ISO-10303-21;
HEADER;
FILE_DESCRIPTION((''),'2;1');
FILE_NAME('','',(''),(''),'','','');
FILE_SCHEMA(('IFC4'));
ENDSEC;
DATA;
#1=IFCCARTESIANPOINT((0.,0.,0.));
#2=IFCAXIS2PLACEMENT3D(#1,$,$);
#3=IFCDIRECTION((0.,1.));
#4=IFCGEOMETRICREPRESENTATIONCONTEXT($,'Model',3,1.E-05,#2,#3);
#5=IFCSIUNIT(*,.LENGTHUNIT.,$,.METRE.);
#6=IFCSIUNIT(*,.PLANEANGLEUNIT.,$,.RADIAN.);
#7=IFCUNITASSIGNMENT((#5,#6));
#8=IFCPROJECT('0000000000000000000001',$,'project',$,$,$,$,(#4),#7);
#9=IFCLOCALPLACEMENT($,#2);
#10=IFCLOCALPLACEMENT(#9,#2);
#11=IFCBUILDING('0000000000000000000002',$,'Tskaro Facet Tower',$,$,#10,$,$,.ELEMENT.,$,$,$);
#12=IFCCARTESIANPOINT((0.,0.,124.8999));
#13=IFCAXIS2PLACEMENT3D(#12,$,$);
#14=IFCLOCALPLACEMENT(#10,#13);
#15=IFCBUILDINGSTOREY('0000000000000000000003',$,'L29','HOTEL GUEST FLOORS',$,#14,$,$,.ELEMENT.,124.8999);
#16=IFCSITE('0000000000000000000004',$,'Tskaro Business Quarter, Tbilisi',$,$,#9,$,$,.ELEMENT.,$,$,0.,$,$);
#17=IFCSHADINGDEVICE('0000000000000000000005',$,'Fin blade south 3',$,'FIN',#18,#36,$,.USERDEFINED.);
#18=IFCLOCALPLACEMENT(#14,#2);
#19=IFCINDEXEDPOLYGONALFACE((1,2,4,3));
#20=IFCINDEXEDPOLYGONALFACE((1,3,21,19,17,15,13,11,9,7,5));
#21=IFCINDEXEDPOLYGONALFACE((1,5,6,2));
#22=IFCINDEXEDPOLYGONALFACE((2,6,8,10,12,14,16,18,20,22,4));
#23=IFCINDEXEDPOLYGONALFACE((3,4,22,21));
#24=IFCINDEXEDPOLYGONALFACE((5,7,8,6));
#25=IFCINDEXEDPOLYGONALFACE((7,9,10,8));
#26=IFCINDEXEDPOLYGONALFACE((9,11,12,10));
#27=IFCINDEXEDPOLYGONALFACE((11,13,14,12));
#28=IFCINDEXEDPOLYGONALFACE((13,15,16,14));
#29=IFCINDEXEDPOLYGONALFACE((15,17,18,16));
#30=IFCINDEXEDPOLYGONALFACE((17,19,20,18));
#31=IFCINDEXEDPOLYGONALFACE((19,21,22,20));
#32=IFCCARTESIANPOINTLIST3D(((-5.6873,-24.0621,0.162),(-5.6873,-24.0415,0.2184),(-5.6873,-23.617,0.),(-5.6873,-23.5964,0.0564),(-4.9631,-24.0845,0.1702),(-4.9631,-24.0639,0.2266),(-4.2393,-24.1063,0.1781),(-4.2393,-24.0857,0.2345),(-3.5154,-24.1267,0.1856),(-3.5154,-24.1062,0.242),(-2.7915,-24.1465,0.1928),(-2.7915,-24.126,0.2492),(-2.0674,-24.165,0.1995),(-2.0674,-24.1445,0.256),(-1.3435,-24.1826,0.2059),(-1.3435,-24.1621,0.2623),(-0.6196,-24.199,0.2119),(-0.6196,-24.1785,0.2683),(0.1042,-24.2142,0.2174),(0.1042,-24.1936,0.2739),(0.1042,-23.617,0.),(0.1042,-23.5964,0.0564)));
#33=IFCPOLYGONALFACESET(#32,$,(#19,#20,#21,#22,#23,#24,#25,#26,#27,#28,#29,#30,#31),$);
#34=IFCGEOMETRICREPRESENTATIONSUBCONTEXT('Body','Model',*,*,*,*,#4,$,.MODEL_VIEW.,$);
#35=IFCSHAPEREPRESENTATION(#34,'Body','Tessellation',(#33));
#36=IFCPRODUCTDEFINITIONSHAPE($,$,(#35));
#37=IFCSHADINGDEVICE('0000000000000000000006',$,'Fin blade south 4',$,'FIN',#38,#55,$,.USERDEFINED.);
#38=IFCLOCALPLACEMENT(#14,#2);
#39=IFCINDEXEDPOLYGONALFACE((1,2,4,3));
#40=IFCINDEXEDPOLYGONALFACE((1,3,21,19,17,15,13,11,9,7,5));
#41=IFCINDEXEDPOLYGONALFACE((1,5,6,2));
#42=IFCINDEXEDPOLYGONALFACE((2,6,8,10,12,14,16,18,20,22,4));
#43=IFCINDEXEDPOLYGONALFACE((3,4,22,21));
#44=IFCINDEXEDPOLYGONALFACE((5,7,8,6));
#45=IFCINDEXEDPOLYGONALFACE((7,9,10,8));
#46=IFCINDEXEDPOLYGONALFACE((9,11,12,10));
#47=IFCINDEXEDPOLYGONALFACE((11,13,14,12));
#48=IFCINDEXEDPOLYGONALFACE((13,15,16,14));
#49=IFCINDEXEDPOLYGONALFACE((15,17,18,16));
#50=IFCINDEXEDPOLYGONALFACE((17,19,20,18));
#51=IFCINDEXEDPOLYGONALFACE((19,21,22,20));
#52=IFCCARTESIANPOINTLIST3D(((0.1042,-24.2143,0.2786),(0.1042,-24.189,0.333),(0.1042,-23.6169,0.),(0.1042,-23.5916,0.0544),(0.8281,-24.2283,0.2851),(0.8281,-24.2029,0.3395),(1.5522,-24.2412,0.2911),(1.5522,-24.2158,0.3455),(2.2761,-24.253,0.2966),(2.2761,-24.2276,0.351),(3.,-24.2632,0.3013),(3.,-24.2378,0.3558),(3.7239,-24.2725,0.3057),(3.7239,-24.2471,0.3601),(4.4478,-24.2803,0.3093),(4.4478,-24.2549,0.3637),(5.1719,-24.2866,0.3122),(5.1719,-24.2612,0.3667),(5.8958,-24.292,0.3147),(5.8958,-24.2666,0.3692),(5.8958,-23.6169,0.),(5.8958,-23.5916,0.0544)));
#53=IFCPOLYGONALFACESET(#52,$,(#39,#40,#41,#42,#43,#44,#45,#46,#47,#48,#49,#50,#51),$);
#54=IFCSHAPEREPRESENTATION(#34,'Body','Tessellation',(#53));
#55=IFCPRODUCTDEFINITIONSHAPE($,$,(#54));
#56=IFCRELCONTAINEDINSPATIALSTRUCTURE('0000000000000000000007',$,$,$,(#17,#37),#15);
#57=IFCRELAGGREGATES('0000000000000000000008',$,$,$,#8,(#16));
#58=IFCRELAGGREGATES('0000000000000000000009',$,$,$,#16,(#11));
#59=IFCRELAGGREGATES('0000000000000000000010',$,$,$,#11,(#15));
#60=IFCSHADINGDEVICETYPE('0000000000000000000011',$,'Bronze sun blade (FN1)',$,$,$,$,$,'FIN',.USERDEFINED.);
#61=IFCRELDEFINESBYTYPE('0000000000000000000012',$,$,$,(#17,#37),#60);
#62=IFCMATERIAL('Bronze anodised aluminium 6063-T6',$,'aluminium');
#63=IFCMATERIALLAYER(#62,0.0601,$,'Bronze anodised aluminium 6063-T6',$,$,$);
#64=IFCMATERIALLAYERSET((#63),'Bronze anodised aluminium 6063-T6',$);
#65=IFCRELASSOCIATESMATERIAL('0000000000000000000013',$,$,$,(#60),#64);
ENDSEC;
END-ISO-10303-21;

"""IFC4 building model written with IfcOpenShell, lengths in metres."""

from ifc_helpers import new_model, si_unit, direction, frame, origin, place, context, subcontext, project, spatial, polyline, outline, extrude, material, layer, layer_set, type_object, element, save


model = new_model("IFC4")

# Units and contexts
model_context = context("Model", 3, precision=1e-05, world=origin(), true_north=direction((0.0, 1.0)))
body_context = subcontext(model_context, "Body", "Model", "MODEL_VIEW")
ifc_project = project(units=[si_unit("LENGTHUNIT", "METRE"), si_unit("PLANEANGLEUNIT", "RADIAN")], contexts=[model_context])

# Site, building, storey
site_placement = place(None, origin())
site = spatial("IfcSite", under=ifc_project, at=site_placement, Name="Tskaro Business Quarter, Tbilisi", CompositionType="ELEMENT", RefElevation=0.0)
building_placement = place(site_placement, origin())
building = spatial("IfcBuilding", under=site, at=building_placement, Name="Tskaro Facet Tower", CompositionType="ELEMENT")
storey_placement = place(building_placement, frame((0.0, 0.0, 124.8999)))
storey = spatial("IfcBuildingStorey", under=building, at=storey_placement, Name="L29", Description="HOTEL GUEST FLOORS", CompositionType="ELEMENT", Elevation=124.8999)

# Shared definitions
ifc_material_1 = material(Name="Bronze anodised aluminium 6063-T6", Category="aluminium")

# Shading devices
ifc_layer_1 = layer(ifc_material_1, 0.0601, Name="Bronze anodised aluminium 6063-T6")
ifc_layer_set_1 = layer_set([ifc_layer_1], Name="Bronze anodised aluminium 6063-T6")
shading_device_type = type_object("IfcShadingDeviceType", Name="Bronze sun blade (FN1)", ElementType="FIN", PredefinedType="USERDEFINED", material=ifc_layer_set_1)
shading_device_1_placement = place(storey_placement, frame((-5.6873, -23.5964, 0.0564), z_axis=(-0.000006, 0.342099, 0.939664), x_axis=(1.0, 0.000002, 0.000006)))
element("IfcShadingDevice", 1, at=shading_device_1_placement, inside=storey, type_object=shading_device_type, Name="Fin blade south 3", ObjectType="FIN", PredefinedType="USERDEFINED", context=body_context, shape_type="SweptSolid", body=[
    extrude(outline(polyline([(0.0, 0.0), (5.7915, 0.0), (5.7915, -0.6356), (5.0676, -0.6194), (4.3437, -0.602), (3.6199, -0.5833), (2.8958, -0.5636), (2.1719, -0.5425), (1.448, -0.5207), (0.7241, -0.4975), (0.0, -0.4737), (0.0, 0.0)])), origin(), (0.0, 0.0, -1.0), 0.0601),
])
shading_device_2_placement = place(storey_placement, frame((0.1042, -23.5916, 0.0544), z_axis=(0.000006, 0.422608, 0.906313), x_axis=(1.0, -0.000002, -0.000005)))
element("IfcShadingDevice", 2, at=shading_device_2_placement, inside=storey, type_object=shading_device_type, Name="Fin blade south 4", ObjectType="FIN", PredefinedType="USERDEFINED", context=body_context, shape_type="SweptSolid", body=[
    extrude(outline(polyline([(0.0, 0.0), (5.7915, 0.0), (5.7915, -0.7448), (5.0676, -0.7389), (4.3435, -0.7319), (3.6196, -0.7233), (2.8958, -0.713), (2.1719, -0.7018), (1.448, -0.6888), (0.7239, -0.6746), (0.0, -0.6592), (0.0, 0.0)])), origin(), (0.0, 0.0, -1.0), 0.0601),
])

save(model, "model.ifc")
